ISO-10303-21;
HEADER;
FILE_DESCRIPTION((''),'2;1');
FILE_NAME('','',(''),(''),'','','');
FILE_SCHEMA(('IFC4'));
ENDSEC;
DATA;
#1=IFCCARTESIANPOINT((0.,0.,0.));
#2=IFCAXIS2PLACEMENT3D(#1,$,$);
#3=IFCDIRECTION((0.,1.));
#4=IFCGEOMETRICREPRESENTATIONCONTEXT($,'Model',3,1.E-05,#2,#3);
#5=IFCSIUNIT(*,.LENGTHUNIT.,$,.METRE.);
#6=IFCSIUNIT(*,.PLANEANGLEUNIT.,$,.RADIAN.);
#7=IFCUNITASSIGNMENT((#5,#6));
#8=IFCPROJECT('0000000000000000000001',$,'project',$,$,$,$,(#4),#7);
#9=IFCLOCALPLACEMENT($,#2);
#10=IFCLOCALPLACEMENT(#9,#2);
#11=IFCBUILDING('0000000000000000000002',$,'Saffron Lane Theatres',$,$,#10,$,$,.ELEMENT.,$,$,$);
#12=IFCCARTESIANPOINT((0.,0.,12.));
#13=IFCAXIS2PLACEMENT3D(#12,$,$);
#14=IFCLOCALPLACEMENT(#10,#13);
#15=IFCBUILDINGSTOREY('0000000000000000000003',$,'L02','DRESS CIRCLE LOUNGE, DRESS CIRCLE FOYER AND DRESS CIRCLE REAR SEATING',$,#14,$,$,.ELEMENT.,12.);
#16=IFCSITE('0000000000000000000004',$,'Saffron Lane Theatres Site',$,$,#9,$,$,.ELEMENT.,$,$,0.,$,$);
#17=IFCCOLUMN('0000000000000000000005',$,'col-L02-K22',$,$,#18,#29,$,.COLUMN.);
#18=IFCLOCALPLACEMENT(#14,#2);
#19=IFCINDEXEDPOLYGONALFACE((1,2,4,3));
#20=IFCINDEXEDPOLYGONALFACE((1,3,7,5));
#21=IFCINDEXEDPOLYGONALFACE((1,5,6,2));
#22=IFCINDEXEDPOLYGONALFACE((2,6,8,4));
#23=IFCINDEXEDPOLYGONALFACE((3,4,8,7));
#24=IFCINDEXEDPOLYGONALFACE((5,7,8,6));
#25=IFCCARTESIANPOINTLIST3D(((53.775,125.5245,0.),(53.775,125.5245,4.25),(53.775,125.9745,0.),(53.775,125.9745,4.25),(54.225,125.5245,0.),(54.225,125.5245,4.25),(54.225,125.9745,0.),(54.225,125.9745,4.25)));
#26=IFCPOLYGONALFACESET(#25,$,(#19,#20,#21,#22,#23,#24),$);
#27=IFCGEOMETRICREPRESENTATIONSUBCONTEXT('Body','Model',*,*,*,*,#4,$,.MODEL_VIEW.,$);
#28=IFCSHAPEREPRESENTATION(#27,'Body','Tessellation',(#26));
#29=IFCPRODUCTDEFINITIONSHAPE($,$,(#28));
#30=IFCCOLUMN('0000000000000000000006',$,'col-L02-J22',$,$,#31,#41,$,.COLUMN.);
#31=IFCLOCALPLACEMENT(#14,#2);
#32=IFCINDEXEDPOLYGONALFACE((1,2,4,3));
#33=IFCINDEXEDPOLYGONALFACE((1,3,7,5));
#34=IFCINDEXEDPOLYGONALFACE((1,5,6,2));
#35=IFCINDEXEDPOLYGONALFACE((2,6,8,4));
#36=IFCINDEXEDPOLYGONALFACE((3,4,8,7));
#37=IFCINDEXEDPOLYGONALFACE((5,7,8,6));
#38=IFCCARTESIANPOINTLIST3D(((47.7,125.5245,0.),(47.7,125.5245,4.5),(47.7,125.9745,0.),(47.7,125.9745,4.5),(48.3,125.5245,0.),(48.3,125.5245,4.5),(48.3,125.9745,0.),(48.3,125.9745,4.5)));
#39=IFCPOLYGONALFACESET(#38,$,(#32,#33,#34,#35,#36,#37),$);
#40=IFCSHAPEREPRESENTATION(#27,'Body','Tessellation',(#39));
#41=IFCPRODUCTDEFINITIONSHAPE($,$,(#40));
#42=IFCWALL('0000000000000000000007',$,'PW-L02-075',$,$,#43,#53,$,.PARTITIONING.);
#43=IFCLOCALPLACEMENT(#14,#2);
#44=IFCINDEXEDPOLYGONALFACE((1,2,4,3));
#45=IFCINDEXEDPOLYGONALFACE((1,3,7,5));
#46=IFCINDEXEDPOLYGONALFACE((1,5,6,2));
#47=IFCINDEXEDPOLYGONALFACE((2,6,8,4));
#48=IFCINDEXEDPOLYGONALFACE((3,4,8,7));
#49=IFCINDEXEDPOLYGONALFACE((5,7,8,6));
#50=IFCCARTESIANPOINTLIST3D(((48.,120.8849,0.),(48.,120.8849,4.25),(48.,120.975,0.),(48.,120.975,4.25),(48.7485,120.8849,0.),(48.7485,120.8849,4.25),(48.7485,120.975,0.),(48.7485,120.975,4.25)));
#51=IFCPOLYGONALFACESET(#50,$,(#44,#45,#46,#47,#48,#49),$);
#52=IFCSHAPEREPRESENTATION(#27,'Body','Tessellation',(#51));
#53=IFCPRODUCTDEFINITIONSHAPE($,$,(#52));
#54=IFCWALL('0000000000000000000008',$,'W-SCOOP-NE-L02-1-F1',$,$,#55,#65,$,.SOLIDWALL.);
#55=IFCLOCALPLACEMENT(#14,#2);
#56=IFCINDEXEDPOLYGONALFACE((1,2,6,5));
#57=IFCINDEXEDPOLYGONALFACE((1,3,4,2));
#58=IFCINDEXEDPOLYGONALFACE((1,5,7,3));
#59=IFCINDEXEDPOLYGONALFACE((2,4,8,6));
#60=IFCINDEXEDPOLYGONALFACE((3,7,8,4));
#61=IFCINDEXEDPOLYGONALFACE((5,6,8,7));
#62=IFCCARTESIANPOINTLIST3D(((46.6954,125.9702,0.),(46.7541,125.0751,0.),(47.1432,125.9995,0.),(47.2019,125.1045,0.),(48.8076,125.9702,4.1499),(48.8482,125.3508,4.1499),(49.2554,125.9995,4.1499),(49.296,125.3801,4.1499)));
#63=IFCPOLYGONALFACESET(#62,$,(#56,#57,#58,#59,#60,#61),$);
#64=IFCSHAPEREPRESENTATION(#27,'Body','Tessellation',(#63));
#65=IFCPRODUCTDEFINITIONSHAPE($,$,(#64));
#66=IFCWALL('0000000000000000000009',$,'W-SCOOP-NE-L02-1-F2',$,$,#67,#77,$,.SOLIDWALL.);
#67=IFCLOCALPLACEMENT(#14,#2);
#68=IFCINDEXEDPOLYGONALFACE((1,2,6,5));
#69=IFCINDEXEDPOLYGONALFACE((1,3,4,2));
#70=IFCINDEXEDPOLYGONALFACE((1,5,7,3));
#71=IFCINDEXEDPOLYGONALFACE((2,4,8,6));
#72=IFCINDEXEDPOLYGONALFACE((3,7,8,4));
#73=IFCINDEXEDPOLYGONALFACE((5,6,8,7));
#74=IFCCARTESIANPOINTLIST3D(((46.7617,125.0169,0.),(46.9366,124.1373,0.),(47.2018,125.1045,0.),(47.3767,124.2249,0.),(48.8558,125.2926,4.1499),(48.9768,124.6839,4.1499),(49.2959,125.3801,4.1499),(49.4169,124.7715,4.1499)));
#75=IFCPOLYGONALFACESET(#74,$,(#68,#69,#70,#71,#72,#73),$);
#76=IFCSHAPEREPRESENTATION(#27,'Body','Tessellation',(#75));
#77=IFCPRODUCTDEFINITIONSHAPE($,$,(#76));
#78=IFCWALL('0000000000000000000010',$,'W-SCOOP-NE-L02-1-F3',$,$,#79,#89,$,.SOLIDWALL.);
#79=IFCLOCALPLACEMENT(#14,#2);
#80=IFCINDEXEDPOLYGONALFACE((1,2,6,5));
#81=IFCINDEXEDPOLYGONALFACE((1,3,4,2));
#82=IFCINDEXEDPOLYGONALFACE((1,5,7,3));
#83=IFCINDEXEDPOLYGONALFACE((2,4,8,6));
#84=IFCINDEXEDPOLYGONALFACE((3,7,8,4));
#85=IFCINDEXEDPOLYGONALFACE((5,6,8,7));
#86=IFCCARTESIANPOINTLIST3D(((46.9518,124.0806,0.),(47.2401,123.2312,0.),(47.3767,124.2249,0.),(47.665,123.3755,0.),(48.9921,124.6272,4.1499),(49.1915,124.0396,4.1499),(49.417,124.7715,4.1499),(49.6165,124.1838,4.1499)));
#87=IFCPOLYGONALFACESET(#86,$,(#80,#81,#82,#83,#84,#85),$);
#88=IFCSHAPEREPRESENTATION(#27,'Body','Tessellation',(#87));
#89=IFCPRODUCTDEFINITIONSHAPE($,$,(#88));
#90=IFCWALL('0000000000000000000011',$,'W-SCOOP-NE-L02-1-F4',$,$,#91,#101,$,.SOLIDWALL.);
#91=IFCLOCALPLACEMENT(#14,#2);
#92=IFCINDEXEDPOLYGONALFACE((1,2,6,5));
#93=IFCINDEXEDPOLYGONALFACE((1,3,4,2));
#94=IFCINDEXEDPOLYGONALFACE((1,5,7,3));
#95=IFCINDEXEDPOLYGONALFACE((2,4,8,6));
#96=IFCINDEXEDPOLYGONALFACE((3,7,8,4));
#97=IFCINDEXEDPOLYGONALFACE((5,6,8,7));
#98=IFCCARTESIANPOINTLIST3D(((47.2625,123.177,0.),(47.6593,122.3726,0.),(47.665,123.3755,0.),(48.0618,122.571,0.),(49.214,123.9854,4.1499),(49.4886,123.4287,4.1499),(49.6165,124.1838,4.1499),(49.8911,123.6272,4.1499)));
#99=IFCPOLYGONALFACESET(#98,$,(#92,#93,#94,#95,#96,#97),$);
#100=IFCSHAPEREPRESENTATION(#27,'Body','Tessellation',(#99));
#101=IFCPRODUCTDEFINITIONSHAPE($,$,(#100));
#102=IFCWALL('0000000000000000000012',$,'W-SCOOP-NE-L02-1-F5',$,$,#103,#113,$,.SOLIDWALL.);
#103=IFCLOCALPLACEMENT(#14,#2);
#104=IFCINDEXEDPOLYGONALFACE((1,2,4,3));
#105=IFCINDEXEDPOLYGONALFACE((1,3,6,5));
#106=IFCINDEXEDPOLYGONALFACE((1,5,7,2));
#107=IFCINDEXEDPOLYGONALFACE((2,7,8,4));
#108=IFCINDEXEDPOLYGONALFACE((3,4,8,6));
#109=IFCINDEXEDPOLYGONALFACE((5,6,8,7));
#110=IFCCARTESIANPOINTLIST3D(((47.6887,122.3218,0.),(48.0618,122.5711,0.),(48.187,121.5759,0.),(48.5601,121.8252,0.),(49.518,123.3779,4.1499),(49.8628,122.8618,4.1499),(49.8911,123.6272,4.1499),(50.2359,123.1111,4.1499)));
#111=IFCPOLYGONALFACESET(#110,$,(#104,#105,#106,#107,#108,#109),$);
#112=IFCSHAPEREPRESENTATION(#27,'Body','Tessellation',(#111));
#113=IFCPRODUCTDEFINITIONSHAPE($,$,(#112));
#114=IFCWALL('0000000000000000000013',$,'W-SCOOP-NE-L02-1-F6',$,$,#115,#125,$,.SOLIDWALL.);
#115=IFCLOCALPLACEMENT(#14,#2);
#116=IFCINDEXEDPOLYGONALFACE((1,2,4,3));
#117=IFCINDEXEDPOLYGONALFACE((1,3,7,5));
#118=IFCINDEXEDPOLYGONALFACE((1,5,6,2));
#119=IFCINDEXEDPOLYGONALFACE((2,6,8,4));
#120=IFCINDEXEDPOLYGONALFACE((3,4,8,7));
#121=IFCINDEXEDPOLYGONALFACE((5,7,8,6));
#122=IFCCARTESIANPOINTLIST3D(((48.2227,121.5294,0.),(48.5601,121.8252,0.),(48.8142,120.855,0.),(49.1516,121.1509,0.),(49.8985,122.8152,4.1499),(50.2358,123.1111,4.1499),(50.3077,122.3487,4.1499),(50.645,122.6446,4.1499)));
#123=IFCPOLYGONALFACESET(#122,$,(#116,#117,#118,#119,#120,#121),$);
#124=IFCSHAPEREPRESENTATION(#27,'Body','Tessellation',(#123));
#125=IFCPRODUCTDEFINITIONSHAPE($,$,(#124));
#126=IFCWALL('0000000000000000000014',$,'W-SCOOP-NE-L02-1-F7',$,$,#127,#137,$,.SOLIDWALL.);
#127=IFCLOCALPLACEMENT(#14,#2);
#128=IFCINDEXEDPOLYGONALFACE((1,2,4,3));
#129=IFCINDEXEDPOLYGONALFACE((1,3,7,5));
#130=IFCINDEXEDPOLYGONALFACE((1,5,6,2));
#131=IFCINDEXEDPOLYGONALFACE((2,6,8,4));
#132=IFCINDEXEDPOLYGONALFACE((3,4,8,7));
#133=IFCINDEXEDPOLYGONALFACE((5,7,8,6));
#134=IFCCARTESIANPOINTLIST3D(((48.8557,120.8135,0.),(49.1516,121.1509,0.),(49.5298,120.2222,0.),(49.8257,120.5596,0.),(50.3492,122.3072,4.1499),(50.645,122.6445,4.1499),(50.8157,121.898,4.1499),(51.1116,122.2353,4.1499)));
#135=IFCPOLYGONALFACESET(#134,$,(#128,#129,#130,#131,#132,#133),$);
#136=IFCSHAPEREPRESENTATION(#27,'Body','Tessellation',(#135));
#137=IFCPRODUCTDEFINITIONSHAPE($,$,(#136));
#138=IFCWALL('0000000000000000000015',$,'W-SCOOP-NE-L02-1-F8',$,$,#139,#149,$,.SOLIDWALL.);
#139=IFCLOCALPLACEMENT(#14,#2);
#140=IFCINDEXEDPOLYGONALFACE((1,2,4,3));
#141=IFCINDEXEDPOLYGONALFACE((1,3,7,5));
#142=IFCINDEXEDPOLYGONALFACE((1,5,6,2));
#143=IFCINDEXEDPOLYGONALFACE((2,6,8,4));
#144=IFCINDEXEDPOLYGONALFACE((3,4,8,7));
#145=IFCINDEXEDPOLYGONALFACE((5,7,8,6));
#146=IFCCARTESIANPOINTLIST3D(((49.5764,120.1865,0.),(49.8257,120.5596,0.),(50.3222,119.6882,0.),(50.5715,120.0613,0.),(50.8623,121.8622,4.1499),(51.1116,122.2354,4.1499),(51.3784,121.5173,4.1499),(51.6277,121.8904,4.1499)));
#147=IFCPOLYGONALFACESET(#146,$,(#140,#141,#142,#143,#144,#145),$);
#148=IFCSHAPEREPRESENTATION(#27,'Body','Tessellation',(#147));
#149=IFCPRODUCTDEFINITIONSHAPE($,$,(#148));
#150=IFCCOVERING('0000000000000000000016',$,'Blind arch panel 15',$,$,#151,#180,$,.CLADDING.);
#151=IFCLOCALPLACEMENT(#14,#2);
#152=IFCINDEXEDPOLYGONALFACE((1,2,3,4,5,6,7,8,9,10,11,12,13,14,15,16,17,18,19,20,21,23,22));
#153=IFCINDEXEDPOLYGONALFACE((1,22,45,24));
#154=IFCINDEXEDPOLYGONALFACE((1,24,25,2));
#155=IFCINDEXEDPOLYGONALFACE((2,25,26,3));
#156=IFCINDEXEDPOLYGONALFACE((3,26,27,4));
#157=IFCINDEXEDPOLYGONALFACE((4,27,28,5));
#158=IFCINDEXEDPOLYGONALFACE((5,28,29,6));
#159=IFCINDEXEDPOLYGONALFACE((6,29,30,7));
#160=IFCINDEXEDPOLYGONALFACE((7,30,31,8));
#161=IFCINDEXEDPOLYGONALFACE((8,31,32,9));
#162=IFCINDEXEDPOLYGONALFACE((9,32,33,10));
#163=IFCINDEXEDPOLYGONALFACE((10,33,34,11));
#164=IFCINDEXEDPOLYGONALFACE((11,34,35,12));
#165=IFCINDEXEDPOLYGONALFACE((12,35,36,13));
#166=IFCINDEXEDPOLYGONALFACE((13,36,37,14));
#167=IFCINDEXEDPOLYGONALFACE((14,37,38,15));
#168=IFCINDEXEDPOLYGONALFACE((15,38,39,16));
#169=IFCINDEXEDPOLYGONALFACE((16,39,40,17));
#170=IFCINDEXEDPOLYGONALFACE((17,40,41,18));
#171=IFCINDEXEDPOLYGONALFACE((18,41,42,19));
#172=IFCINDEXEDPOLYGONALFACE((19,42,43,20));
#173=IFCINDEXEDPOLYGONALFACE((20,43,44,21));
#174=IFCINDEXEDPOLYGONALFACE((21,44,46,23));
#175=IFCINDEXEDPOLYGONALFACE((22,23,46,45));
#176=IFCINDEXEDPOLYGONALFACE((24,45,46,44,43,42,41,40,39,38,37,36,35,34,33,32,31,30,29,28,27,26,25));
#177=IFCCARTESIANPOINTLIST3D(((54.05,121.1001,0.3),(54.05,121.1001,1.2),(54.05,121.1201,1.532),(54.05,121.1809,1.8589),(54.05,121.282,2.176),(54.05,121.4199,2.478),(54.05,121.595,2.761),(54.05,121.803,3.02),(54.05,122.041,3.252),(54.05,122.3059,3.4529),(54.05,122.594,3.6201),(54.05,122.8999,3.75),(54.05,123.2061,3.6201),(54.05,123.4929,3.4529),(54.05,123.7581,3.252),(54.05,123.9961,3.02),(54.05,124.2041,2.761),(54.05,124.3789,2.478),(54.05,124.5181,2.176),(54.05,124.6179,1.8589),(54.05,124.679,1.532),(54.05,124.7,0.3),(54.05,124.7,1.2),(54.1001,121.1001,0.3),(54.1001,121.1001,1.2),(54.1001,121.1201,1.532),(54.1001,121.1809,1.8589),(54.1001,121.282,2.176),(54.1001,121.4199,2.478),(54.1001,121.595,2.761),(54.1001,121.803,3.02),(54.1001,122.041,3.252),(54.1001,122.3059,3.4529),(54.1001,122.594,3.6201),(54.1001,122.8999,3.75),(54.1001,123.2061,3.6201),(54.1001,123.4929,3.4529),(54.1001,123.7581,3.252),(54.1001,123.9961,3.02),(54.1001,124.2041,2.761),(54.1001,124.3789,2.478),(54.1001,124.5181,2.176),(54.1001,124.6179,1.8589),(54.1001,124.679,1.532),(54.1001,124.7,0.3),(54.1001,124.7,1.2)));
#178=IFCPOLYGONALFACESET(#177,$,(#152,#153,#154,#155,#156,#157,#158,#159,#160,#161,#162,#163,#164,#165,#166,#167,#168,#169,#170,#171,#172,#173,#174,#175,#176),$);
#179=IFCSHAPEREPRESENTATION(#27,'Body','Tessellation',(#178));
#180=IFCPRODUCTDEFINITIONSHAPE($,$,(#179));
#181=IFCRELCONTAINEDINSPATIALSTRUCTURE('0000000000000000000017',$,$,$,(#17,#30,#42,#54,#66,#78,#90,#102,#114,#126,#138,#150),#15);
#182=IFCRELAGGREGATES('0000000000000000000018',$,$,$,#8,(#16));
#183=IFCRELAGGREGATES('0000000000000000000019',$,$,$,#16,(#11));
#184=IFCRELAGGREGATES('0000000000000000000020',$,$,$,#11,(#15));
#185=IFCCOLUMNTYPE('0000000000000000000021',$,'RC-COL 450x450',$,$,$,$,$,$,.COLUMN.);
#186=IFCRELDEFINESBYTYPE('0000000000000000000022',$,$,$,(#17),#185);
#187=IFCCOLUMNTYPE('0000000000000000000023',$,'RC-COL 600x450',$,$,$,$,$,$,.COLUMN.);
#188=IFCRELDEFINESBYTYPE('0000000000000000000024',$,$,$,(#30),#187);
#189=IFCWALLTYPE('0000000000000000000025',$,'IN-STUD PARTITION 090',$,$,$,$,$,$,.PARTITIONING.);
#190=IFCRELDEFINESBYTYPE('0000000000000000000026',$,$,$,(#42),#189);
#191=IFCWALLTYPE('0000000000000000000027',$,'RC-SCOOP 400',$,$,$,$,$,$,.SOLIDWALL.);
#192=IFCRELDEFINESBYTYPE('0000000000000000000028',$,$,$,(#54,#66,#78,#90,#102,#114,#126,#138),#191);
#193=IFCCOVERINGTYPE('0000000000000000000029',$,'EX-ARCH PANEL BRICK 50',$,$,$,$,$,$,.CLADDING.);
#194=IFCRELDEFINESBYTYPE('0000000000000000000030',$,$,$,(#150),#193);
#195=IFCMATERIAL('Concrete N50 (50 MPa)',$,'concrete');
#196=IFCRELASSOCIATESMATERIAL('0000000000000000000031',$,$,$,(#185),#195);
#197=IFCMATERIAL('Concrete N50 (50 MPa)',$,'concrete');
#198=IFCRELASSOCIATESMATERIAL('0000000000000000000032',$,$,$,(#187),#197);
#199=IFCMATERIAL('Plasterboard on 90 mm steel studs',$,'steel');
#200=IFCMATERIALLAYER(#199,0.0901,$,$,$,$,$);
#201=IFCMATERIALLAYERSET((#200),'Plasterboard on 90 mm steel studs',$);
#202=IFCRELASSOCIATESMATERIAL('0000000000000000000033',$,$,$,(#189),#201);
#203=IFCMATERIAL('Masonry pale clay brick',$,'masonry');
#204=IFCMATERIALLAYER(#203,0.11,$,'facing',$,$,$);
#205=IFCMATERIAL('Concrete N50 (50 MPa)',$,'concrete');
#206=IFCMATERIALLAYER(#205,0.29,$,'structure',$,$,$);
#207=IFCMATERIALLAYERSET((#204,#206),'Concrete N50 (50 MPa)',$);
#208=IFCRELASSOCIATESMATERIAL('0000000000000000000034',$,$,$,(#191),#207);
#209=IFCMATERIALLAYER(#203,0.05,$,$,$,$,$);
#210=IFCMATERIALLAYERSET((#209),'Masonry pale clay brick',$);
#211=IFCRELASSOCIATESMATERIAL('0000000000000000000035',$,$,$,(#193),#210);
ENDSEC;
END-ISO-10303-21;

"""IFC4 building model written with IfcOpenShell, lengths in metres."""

from ifc_helpers import new_model, si_unit, direction, frame, frame_2d, origin, origin_2d, place, context, subcontext, project, spatial, polyline, rectangle, outline, extrude, material, layer, layer_set, material_profile, profile_set, type_object, element, save


model = new_model("IFC4")

# Units and contexts
model_context = context("Model", 3, precision=1e-05, world=origin(), true_north=direction((0.0, 1.0)))
body_context = subcontext(model_context, "Body", "Model", "MODEL_VIEW")
ifc_project = project(units=[si_unit("LENGTHUNIT", "METRE"), si_unit("PLANEANGLEUNIT", "RADIAN")], contexts=[model_context])

# Site, building, storey
site_placement = place(None, origin())
site = spatial("IfcSite", under=ifc_project, at=site_placement, Name="Saffron Lane Theatres Site", CompositionType="ELEMENT", RefElevation=0.0)
building_placement = place(site_placement, origin())
building = spatial("IfcBuilding", under=site, at=building_placement, Name="Saffron Lane Theatres", CompositionType="ELEMENT")
storey_placement = place(building_placement, frame((0.0, 0.0, 12.0)))
storey = spatial("IfcBuildingStorey", under=building, at=storey_placement, Name="L02", Description="DRESS CIRCLE LOUNGE, DRESS CIRCLE FOYER AND DRESS CIRCLE REAR SEATING", CompositionType="ELEMENT", Elevation=12.0)

# Columns
ifc_material_1 = material(Name="Concrete N50 (50 MPa)", Category="concrete")
ifc_material_profile_1 = material_profile(ifc_material_1, rectangle(XDim=0.45, YDim=0.45, at=origin_2d()))
ifc_profile_set_1 = profile_set([ifc_material_profile_1], Name="Concrete N50 (50 MPa)")
column_type_1 = type_object("IfcColumnType", Name="RC-COL 450x450", PredefinedType="COLUMN", material=ifc_profile_set_1)
column_1_placement = place(storey_placement, frame((54.0, 125.7495, 0.0), z_axis=(0.0, 0.0, 1.0), x_axis=(1.0, 0.0, 0.0)))
element("IfcColumn", 1, at=column_1_placement, inside=storey, type_object=column_type_1, Name="col-L02-K22", PredefinedType="COLUMN", context=body_context, shape_type="SweptSolid", body=[
    extrude(rectangle(XDim=0.45, YDim=0.45, at=origin_2d()), origin(), (0.0, 0.0, 1.0), 4.25),
])
ifc_material_2 = material(Name="Concrete N50 (50 MPa)", Category="concrete")
ifc_material_profile_2 = material_profile(ifc_material_2, rectangle(XDim=0.6001, YDim=0.45, at=origin_2d()))
ifc_profile_set_2 = profile_set([ifc_material_profile_2], Name="Concrete N50 (50 MPa)")
column_type_2 = type_object("IfcColumnType", Name="RC-COL 600x450", PredefinedType="COLUMN", material=ifc_profile_set_2)
column_2_placement = place(storey_placement, frame((48.0, 125.7495, 0.0), z_axis=(0.0, 0.0, 1.0), x_axis=(1.0, 0.0, 0.0)))
element("IfcColumn", 2, at=column_2_placement, inside=storey, type_object=column_type_2, Name="col-L02-J22", PredefinedType="COLUMN", context=body_context, shape_type="SweptSolid", body=[
    extrude(rectangle(XDim=0.6001, YDim=0.45, at=origin_2d()), origin(), (0.0, 0.0, 1.0), 4.5),
])

# Walls
ifc_material_3 = material(Name="Plasterboard on 90 mm steel studs", Category="steel")
ifc_layer_1 = layer(ifc_material_3, 0.0901)
ifc_layer_set_1 = layer_set([ifc_layer_1], Name="Plasterboard on 90 mm steel studs")
wall_type_1 = type_object("IfcWallType", Name="IN-STUD PARTITION 090", PredefinedType="PARTITIONING", material=ifc_layer_set_1)
wall_1_placement = place(storey_placement, frame((48.0, 120.9299, 0.0), z_axis=(0.0, 0.0, 1.0), x_axis=(1.0, 0.0, 0.0)))
element("IfcWall", 3, at=wall_1_placement, inside=storey, type_object=wall_type_1, Name="PW-L02-075", PredefinedType="PARTITIONING", context=body_context, shape_type="SweptSolid", body=[
    extrude(rectangle(XDim=0.7485, YDim=0.0901, at=frame_2d((0.3743, 0.0))), origin(), (0.0, 0.0, 1.0), 4.25),
])
ifc_material_4 = material(Name="Masonry pale clay brick", Category="masonry")
ifc_layer_2 = layer(ifc_material_4, 0.11, Name="facing")
ifc_material_5 = material(Name="Concrete N50 (50 MPa)", Category="concrete")
ifc_layer_3 = layer(ifc_material_5, 0.29, Name="structure")
ifc_layer_set_2 = layer_set([ifc_layer_2, ifc_layer_3], Name="Concrete N50 (50 MPa)")
wall_type_2 = type_object("IfcWallType", Name="RC-SCOOP 400", PredefinedType="SOLIDWALL", material=ifc_layer_set_2)
wall_2_placement = place(storey_placement, frame((47.2019, 125.1045, 0.0), z_axis=(-0.889685, -0.058375, 0.452827), x_axis=(-0.065498, 0.997853, -0.000051)))
element("IfcWall", 4, at=wall_2_placement, inside=storey, type_object=wall_type_2, Name="W-SCOOP-NE-L02-1-F1", PredefinedType="SOLIDWALL", context=body_context, shape_type="SweptSolid", body=[
    extrude(outline(polyline([(0.0, 0.0), (0.897, 0.0), (0.7584, -4.6545), (0.1377, -4.6544), (0.0, 0.0)])), origin(), (0.000095, 0.452827, 0.891599), 0.4487),
])
wall_3_placement = place(storey_placement, frame((47.3767, 124.2249, 0.0), z_axis=(-0.874485, -0.173864, 0.452821), x_axis=(-0.194984, 0.980806, 0.000037)))
element("IfcWall", 5, at=wall_3_placement, inside=storey, type_object=wall_type_2, Name="W-SCOOP-NE-L02-1-F2", PredefinedType="SOLIDWALL", context=body_context, shape_type="SweptSolid", body=[
    extrude(outline(polyline([(0.0, 0.0), (0.8968, 0.0), (0.759, -4.6544), (0.1385, -4.6545), (0.0, 0.0)])), origin(), (-0.000109, 0.452821, 0.891601), 0.4487),
])
wall_4_placement = place(storey_placement, frame((47.665, 123.3755, 0.0), z_axis=(-0.844279, -0.28659, 0.452834), x_axis=(-0.321438, 0.946931, -0.000006)))
element("IfcWall", 6, at=wall_4_placement, inside=storey, type_object=wall_type_2, Name="W-SCOOP-NE-L02-1-F3", PredefinedType="SOLIDWALL", context=body_context, shape_type="SweptSolid", body=[
    extrude(outline(polyline([(0.0, 0.0), (0.897, 0.0), (0.7587, -4.6545), (0.1382, -4.6545), (0.0, 0.0)])), origin(), (-0.000001, 0.452834, 0.891595), 0.4487),
])
wall_5_placement = place(storey_placement, frame((48.0618, 122.571, 0.0), z_axis=(-0.799602, -0.394423, 0.452843), x_axis=(-0.442366, 0.896835, 0.000033)))
element("IfcWall", 7, at=wall_5_placement, inside=storey, type_object=wall_type_2, Name="W-SCOOP-NE-L02-1-F4", PredefinedType="SOLIDWALL", context=body_context, shape_type="SweptSolid", body=[
    extrude(outline(polyline([(0.0, 0.0), (0.897, 0.0), (0.7588, -4.6545), (0.1381, -4.6545), (0.0, 0.0)])), origin(), (0.000086, 0.452843, 0.89159), 0.4487),
])
wall_6_placement = place(storey_placement, frame((48.5601, 121.8252, 0.0), z_axis=(-0.741382, -0.495259, 0.452848), x_axis=(-0.555487, 0.831525, -0.000018)))
element("IfcWall", 8, at=wall_6_placement, inside=storey, type_object=wall_type_2, Name="W-SCOOP-NE-L02-1-F5", PredefinedType="SOLIDWALL", context=body_context, shape_type="SweptSolid", body=[
    extrude(outline(polyline([(0.0, 0.0), (0.897, 0.0), (0.759, -4.6545), (0.1383, -4.6545), (0.0, 0.0)])), origin(), (-0.0001, 0.452848, 0.891587), 0.4487),
])
wall_7_placement = place(storey_placement, frame((49.1516, 121.1509, 0.0), z_axis=(-0.670273, -0.587942, 0.452834), x_axis=(-0.659435, 0.751762, -0.000022)))
element("IfcWall", 9, at=wall_7_placement, inside=storey, type_object=wall_type_2, Name="W-SCOOP-NE-L02-1-F6", PredefinedType="SOLIDWALL", context=body_context, shape_type="SweptSolid", body=[
    extrude(outline(polyline([(0.0, 0.0), (0.897, 0.0), (0.7585, -4.6545), (0.138, -4.6545), (0.0, 0.0)])), origin(), (0.000119, 0.452834, 0.891595), 0.4487),
])
wall_8_placement = place(storey_placement, frame((49.8257, 120.5596, 0.0), z_axis=(-0.587931, -0.670281, 0.452836), x_axis=(-0.751773, 0.659422, 0.000018)))
element("IfcWall", 10, at=wall_8_placement, inside=storey, type_object=wall_type_2, Name="W-SCOOP-NE-L02-1-F7", PredefinedType="SOLIDWALL", context=body_context, shape_type="SweptSolid", body=[
    extrude(outline(polyline([(0.0, 0.0), (0.8967, 0.0), (0.759, -4.6545), (0.1384, -4.6545), (0.0, 0.0)])), origin(), (-0.000102, 0.452836, 0.891594), 0.4487),
])
wall_9_placement = place(storey_placement, frame((50.5715, 120.0613, 0.0), z_axis=(-0.495363, -0.741323, 0.452831), x_axis=(-0.831466, 0.555576, -0.000036)))
element("IfcWall", 11, at=wall_9_placement, inside=storey, type_object=wall_type_2, Name="W-SCOOP-NE-L02-1-F8", PredefinedType="SOLIDWALL", context=body_context, shape_type="SweptSolid", body=[
    extrude(outline(polyline([(0.0, 0.0), (0.897, 0.0), (0.7587, -4.6545), (0.1379, -4.6544), (0.0, 0.0)])), origin(), (-0.000007, 0.452831, 0.891596), 0.4487),
])

# Covering
ifc_layer_4 = layer(ifc_material_4, 0.05)
ifc_layer_set_3 = layer_set([ifc_layer_4], Name="Masonry pale clay brick")
covering_type_1 = type_object("IfcCoveringType", Name="EX-ARCH PANEL BRICK 50", PredefinedType="CLADDING", material=ifc_layer_set_3)
covering_1_placement = place(storey_placement, frame((54.1001, 121.1001, 1.2), z_axis=(1.0, 0.0, 0.0), x_axis=(0.0, 0.0, -1.0)))
element("IfcCovering", 12, at=covering_1_placement, inside=storey, type_object=covering_type_1, Name="Blind arch panel 15", PredefinedType="CLADDING", context=body_context, shape_type="SweptSolid", body=[
    extrude(outline(polyline([(0.0, 0.0), (0.8999, 0.0), (0.8999, 3.5999), (0.0, 3.5999), (-0.332, 3.5789), (-0.6589, 3.5178), (-0.9761, 3.418), (-1.2781, 3.2788), (-1.561, 3.104), (-1.8201, 2.896), (-2.052, 2.658), (-2.2529, 2.3928), (-2.4202, 2.106), (-2.55, 1.7998), (-2.4202, 1.4939), (-2.2529, 1.2058), (-2.052, 0.9409), (-1.8201, 0.7029), (-1.561, 0.4949), (-1.2781, 0.3198), (-0.9761, 0.1819), (-0.6589, 0.0808), (-0.332, 0.02), (0.0, 0.0)])), origin(), (0.0, 0.0, -1.0), 0.05),
])

save(model, "model.ifc")
